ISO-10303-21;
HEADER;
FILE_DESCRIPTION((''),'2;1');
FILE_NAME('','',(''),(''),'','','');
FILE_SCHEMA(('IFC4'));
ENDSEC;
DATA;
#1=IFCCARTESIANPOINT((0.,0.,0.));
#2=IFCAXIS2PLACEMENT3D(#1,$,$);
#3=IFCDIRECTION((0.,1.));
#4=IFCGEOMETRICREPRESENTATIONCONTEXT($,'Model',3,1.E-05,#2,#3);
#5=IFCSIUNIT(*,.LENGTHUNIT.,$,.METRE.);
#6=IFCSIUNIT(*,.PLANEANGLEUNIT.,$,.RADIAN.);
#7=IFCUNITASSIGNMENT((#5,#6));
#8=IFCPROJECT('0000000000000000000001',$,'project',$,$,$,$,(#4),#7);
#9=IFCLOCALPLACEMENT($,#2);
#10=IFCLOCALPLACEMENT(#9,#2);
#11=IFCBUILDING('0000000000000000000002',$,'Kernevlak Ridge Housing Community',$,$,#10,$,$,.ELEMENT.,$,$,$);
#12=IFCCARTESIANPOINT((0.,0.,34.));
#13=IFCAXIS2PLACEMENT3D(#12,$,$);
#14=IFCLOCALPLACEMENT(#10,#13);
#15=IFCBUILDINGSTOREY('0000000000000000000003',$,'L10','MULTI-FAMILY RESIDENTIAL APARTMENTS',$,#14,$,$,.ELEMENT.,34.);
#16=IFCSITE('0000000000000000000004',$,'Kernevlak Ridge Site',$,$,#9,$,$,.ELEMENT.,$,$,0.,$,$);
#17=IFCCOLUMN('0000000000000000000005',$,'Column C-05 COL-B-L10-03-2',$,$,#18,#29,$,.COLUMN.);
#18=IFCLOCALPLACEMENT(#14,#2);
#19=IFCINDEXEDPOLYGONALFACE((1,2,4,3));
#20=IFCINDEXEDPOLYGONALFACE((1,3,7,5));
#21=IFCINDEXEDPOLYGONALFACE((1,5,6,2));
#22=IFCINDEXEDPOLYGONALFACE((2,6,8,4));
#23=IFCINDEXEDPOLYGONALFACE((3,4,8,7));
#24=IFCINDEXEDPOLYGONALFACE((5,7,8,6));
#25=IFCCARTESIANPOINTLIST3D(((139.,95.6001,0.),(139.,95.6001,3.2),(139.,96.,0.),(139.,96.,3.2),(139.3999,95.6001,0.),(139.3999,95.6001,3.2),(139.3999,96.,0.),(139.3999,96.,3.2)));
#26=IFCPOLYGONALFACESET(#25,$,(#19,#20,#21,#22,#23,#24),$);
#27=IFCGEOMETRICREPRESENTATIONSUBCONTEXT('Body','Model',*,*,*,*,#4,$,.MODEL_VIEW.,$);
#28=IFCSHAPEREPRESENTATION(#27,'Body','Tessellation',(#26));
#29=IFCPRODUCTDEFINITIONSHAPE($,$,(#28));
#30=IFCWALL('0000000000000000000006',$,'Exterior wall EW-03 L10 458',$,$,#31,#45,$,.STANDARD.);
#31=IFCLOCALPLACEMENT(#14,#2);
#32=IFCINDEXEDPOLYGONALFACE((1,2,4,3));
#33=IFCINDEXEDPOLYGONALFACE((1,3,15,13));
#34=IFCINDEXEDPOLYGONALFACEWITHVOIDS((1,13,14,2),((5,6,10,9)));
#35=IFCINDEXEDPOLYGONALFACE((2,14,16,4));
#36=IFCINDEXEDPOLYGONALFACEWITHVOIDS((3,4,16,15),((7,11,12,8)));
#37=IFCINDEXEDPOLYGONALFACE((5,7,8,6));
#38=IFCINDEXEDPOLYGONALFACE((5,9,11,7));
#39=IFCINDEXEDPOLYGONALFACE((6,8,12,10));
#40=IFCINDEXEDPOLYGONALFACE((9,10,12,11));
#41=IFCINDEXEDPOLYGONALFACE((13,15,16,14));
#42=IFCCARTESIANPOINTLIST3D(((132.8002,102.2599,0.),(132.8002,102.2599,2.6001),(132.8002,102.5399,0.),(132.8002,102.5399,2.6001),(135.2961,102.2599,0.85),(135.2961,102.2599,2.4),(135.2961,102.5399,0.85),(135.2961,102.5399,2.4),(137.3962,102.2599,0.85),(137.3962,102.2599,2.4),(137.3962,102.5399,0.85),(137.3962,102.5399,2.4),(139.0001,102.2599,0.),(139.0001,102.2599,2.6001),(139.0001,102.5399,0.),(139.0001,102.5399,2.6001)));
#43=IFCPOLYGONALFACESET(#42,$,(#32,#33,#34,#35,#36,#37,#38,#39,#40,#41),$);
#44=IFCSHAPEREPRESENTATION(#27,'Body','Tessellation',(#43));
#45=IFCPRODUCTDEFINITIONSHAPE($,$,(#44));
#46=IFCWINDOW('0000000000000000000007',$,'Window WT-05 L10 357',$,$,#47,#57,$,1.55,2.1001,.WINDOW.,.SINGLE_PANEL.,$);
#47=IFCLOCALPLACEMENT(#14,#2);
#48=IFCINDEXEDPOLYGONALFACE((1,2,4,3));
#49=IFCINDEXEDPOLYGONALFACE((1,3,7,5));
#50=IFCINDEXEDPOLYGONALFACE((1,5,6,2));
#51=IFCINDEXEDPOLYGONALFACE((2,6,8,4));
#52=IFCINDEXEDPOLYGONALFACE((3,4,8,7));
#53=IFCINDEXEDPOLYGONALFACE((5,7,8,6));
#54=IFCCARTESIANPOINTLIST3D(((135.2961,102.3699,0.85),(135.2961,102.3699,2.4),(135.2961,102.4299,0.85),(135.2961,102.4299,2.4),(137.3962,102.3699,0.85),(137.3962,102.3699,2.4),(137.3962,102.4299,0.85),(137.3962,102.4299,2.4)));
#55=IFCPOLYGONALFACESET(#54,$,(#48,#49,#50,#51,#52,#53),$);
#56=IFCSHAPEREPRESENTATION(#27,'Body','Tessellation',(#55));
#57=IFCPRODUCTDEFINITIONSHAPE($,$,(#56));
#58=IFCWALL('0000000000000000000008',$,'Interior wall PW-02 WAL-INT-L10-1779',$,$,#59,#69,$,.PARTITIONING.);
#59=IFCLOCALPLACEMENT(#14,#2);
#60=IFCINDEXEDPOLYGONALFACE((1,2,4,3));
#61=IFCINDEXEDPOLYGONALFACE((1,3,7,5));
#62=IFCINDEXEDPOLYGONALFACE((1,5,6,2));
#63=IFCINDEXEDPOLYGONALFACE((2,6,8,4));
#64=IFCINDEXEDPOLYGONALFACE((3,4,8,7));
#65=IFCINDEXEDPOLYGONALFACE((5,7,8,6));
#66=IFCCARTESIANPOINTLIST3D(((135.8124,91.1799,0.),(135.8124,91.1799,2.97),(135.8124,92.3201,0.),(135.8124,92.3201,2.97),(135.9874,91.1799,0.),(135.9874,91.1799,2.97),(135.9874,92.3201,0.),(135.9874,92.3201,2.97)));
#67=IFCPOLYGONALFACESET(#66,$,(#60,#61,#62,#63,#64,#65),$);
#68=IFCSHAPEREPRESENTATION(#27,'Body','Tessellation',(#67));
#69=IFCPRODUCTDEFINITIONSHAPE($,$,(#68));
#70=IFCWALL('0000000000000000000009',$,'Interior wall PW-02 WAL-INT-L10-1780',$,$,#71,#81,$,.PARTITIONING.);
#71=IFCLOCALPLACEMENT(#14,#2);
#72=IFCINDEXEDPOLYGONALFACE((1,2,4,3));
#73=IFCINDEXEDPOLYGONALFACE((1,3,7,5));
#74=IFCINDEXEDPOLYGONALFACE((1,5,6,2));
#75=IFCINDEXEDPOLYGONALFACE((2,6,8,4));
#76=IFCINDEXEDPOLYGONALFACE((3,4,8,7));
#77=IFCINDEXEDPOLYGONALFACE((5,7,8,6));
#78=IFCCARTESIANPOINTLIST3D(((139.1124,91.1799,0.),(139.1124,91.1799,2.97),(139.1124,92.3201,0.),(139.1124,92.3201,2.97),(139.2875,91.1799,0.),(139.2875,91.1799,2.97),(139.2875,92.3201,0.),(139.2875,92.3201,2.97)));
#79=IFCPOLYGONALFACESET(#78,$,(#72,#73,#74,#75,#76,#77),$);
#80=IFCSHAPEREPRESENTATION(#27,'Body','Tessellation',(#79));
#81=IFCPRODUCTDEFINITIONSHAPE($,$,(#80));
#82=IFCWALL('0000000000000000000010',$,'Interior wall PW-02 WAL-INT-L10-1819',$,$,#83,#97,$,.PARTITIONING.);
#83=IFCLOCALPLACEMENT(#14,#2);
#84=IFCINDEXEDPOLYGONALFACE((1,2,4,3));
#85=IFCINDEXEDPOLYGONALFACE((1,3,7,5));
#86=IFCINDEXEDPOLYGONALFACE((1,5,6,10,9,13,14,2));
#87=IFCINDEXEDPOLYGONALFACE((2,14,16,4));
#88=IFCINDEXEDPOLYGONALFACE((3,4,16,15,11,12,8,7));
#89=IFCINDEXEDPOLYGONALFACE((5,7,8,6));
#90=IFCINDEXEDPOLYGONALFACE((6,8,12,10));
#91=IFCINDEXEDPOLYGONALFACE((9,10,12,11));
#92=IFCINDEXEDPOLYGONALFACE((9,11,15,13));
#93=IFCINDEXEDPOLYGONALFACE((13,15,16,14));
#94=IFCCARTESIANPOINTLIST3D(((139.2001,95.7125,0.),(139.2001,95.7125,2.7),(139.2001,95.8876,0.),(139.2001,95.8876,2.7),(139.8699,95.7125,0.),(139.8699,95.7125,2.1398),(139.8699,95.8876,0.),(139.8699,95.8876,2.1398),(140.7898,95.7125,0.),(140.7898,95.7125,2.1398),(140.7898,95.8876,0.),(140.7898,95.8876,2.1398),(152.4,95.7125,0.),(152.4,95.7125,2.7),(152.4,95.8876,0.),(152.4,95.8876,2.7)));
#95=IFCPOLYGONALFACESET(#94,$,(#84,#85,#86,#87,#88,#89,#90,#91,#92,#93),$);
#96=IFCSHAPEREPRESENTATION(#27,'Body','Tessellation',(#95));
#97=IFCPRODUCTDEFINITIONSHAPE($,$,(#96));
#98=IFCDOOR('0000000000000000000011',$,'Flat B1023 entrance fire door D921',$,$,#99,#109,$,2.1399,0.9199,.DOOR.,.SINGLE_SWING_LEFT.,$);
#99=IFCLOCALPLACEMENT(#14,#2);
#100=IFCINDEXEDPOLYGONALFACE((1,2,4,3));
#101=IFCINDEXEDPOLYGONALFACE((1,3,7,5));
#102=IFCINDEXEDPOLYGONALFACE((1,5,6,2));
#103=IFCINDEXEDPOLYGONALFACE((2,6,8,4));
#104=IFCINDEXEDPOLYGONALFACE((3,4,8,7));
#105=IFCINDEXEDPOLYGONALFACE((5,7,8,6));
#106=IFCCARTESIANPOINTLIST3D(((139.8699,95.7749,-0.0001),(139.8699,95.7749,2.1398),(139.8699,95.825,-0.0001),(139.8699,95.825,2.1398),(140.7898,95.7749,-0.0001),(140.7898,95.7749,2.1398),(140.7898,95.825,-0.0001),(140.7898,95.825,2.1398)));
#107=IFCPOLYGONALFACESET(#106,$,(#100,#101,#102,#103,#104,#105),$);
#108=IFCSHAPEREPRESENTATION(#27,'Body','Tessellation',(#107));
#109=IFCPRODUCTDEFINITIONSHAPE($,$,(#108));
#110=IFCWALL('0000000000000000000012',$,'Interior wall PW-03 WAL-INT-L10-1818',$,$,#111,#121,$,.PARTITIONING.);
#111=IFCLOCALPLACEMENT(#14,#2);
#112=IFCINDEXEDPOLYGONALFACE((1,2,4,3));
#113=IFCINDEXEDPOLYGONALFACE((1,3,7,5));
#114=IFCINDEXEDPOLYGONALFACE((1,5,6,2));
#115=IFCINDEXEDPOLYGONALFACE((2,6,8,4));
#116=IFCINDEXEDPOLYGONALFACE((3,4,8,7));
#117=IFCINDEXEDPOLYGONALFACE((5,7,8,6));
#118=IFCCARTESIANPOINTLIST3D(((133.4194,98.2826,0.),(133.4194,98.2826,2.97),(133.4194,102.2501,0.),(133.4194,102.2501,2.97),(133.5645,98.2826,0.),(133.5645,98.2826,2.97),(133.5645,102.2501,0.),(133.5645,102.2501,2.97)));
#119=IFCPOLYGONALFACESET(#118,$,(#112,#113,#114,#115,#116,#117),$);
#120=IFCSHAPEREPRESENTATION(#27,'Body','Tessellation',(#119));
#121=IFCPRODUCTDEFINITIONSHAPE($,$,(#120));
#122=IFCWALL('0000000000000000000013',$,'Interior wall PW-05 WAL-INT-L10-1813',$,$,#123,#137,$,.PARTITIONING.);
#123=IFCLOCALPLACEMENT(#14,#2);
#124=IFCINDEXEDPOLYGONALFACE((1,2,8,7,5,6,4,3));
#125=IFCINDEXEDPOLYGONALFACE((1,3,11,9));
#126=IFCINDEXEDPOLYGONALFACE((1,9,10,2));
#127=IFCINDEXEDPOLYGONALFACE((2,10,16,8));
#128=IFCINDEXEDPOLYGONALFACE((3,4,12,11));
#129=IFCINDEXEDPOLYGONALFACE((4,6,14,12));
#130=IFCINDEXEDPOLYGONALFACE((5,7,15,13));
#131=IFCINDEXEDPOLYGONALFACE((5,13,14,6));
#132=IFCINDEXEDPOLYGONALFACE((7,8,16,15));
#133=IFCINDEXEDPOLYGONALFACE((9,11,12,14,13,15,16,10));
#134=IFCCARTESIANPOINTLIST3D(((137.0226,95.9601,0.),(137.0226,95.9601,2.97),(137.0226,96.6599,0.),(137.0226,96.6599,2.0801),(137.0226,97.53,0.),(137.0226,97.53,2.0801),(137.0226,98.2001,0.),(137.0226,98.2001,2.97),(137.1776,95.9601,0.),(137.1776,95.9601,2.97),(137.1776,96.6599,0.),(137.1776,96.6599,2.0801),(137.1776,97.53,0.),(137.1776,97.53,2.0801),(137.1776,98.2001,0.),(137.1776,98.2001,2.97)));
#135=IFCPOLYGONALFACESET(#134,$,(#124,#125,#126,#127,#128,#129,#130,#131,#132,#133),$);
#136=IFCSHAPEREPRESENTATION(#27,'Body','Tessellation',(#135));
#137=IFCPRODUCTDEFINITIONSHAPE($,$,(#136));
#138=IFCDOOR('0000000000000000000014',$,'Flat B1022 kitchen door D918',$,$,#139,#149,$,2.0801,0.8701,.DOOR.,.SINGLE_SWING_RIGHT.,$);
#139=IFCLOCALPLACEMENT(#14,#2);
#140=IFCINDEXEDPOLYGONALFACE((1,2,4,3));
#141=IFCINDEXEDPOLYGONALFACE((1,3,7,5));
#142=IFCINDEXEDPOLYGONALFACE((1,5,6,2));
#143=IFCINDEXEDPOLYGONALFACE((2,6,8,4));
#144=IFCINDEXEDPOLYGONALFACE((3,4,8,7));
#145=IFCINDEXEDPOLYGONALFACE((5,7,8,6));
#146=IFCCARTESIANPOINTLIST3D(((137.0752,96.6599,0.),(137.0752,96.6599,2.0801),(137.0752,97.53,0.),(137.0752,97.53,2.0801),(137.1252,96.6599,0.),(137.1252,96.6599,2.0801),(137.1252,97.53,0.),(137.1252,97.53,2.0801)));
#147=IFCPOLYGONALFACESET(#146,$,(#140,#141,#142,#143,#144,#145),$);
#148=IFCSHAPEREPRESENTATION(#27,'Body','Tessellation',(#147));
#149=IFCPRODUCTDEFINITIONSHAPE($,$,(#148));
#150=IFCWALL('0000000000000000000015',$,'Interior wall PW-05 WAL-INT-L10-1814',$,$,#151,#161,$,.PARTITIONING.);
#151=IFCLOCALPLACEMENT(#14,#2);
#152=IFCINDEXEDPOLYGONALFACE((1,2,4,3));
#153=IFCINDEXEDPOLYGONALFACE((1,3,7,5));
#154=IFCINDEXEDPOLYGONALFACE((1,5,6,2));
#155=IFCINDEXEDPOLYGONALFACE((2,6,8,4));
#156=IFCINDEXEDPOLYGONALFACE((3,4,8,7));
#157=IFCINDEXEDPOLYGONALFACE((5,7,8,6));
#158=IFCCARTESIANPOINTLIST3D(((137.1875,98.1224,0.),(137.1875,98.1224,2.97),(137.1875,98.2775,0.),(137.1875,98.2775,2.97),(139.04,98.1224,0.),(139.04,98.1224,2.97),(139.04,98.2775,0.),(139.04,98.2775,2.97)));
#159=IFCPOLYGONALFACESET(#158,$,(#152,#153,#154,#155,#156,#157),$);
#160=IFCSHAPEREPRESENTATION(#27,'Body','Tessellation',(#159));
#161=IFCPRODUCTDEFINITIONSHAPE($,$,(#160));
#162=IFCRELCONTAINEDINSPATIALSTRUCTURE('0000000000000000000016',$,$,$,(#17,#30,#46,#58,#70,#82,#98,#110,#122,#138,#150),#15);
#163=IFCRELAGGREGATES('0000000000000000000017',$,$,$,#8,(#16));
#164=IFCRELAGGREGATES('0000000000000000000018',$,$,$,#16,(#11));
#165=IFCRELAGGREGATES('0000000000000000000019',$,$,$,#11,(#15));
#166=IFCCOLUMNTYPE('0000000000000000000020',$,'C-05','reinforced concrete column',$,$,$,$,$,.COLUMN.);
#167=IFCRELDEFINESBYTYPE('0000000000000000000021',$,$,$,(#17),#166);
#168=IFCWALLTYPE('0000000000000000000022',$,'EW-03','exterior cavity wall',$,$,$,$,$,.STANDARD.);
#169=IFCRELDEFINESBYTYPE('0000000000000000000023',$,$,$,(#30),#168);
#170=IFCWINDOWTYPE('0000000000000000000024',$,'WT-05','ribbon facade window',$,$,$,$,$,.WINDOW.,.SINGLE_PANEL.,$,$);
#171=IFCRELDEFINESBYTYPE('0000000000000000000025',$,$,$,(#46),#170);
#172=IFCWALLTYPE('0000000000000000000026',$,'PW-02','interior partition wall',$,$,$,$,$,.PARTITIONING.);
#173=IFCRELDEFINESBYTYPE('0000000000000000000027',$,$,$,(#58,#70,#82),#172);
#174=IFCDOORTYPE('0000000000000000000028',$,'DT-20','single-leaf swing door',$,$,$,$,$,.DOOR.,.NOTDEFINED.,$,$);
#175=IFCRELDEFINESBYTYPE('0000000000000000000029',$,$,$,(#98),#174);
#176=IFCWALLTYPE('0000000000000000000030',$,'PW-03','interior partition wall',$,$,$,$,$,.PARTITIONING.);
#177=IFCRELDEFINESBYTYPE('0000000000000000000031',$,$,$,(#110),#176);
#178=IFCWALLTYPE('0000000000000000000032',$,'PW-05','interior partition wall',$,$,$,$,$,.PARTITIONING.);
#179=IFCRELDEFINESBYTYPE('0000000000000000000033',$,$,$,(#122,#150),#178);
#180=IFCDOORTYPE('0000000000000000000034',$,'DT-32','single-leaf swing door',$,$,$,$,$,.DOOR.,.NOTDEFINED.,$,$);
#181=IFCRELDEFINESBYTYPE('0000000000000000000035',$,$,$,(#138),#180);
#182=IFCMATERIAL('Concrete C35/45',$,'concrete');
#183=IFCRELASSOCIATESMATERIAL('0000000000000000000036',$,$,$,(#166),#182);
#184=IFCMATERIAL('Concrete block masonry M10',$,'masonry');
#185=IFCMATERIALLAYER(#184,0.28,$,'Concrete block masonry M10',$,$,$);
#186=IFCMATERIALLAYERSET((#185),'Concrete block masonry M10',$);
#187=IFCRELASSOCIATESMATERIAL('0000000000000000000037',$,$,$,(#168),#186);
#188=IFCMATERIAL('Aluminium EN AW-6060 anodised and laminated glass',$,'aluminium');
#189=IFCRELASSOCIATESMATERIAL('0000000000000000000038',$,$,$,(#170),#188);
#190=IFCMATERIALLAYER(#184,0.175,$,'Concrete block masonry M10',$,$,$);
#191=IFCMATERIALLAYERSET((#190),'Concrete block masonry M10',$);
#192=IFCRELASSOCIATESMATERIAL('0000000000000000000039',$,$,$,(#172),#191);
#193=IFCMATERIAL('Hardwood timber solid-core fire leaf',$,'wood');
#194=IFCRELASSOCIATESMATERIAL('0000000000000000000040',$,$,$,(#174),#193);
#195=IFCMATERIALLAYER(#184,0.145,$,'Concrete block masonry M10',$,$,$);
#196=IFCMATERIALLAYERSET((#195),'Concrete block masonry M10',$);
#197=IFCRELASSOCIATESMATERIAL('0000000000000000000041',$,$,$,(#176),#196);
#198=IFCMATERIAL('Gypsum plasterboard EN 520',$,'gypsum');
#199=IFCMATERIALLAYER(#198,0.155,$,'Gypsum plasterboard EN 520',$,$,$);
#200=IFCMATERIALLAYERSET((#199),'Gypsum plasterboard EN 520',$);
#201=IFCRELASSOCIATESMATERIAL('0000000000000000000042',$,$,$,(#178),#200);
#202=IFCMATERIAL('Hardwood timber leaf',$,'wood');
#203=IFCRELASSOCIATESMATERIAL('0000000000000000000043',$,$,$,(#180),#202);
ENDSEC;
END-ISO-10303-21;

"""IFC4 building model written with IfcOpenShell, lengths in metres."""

from ifc_helpers import new_model, si_unit, direction, frame, frame_2d, origin, origin_2d, place, context, subcontext, project, spatial, rectangle, extrude, material, layer, layer_set, material_profile, profile_set, type_object, element, fill, save


model = new_model("IFC4")

# Units and contexts
model_context = context("Model", 3, precision=1e-05, world=origin(), true_north=direction((0.0, 1.0)))
body_context = subcontext(model_context, "Body", "Model", "MODEL_VIEW")
ifc_project = project(units=[si_unit("LENGTHUNIT", "METRE"), si_unit("PLANEANGLEUNIT", "RADIAN")], contexts=[model_context])

# Site, building, storey
site_placement = place(None, origin())
site = spatial("IfcSite", under=ifc_project, at=site_placement, Name="Kernevlak Ridge Site", CompositionType="ELEMENT", RefElevation=0.0)
building_placement = place(site_placement, origin())
building = spatial("IfcBuilding", under=site, at=building_placement, Name="Kernevlak Ridge Housing Community", CompositionType="ELEMENT")
storey_placement = place(building_placement, frame((0.0, 0.0, 34.0)))
storey = spatial("IfcBuildingStorey", under=building, at=storey_placement, Name="L10", Description="MULTI-FAMILY RESIDENTIAL APARTMENTS", CompositionType="ELEMENT", Elevation=34.0)

# Column
ifc_material_1 = material(Name="Concrete C35/45", Category="concrete")
ifc_material_profile = material_profile(ifc_material_1, rectangle(XDim=0.3999, YDim=0.3999, at=origin_2d()), Name="RC 400x400")
ifc_profile_set = profile_set([ifc_material_profile], Name="Concrete C35/45")
column_type = type_object("IfcColumnType", Name="C-05", Description="reinforced concrete column", PredefinedType="COLUMN", material=ifc_profile_set)
column_placement = place(storey_placement, frame((139.2, 95.8, 0.0), z_axis=(0.0, 0.0, 1.0), x_axis=(1.0, 0.0, 0.0)))
element("IfcColumn", 1, at=column_placement, inside=storey, type_object=column_type, Name="Column C-05 COL-B-L10-03-2", PredefinedType="COLUMN", context=body_context, shape_type="SweptSolid", body=[
    extrude(rectangle(XDim=0.3999, YDim=0.3999, at=origin_2d()), origin(), (0.0, 0.0, 1.0), 3.2),
])

# Wall, opening, window
ifc_material_2 = material(Name="Concrete block masonry M10", Category="masonry")
ifc_layer_1 = layer(ifc_material_2, 0.28, Name="Concrete block masonry M10")
ifc_layer_set_1 = layer_set([ifc_layer_1], Name="Concrete block masonry M10")
wall_type_1 = type_object("IfcWallType", Name="EW-03", Description="exterior cavity wall", PredefinedType="STANDARD", material=ifc_layer_set_1)
wall_1_placement = place(storey_placement, frame((132.8, 102.3999, 0.0), z_axis=(0.0, 0.0, 1.0), x_axis=(1.0, 0.0, 0.0)))
wall_1 = element("IfcWall", 2, at=wall_1_placement, inside=storey, type_object=wall_type_1, Name="Exterior wall EW-03 L10 458", PredefinedType="STANDARD", context=body_context, shape_type="SweptSolid", body=[
    extrude(rectangle(XDim=6.2, YDim=0.28, at=frame_2d((3.1001, 0.0))), origin(), (0.0, 0.0, 1.0), 2.6001),
])
opening_1_placement = place(wall_1_placement, frame((2.4961, 0.0, 0.8501)))
opening_1 = element("IfcOpeningElement", 3, at=opening_1_placement, cuts=wall_1, PredefinedType="OPENING", context=body_context, shape_type="SweptSolid", body=[
    extrude(rectangle(XDim=2.1001, YDim=1.55, at=frame_2d((1.05, 0.7749))), frame((0.0, 0.1499, 0.0), z_axis=(0.0, -1.0, 0.0), x_axis=(1.0, 0.0, 0.0)), (0.0, 0.0, 1.0), 0.3),
])
ifc_material_3 = material(Name="Aluminium EN AW-6060 anodised and laminated glass", Category="aluminium")
window_type = type_object("IfcWindowType", Name="WT-05", Description="ribbon facade window", PartitioningType="SINGLE_PANEL", PredefinedType="WINDOW", material=ifc_material_3)
window_placement = place(opening_1_placement, origin())
window = element("IfcWindow", 4, at=window_placement, inside=storey, type_object=window_type, Name="Window WT-05 L10 357", OverallHeight=1.55, OverallWidth=2.1001, PartitioningType="SINGLE_PANEL", PredefinedType="WINDOW", context=body_context, shape_type="SweptSolid", body=[
    extrude(rectangle(XDim=2.1001, YDim=1.55, at=frame_2d((1.05, 0.7749))), frame((0.0, 0.03, 0.0), z_axis=(0.0, -1.0, 0.0), x_axis=(1.0, 0.0, 0.0)), (0.0, 0.0, 1.0), 0.0601),
])
fill(opening_1, window)

# Walls
ifc_layer_2 = layer(ifc_material_2, 0.175, Name="Concrete block masonry M10")
ifc_layer_set_2 = layer_set([ifc_layer_2], Name="Concrete block masonry M10")
wall_type_2 = type_object("IfcWallType", Name="PW-02", Description="interior partition wall", PredefinedType="PARTITIONING", material=ifc_layer_set_2)
for number, where, z_axis, x_axis, name in (
    (5, (135.8999, 91.1799, 0.0), (0.0, 0.0, 1.0), (0.0, 1.0, 0.0), "Interior wall PW-02 WAL-INT-L10-1779"),
    (6, (139.2, 91.1799, 0.0), (0.0, 0.0, 1.0), (0.0, 1.0, 0.0), "Interior wall PW-02 WAL-INT-L10-1780"),
):
    element("IfcWall", number, at=place(storey_placement, frame(where, z_axis=z_axis, x_axis=x_axis)), inside=storey, type_object=wall_type_2, Name=name, PredefinedType="PARTITIONING", context=body_context, shape_type="SweptSolid", body=[
        extrude(rectangle(XDim=1.1401, YDim=0.175, at=frame_2d((0.5701, 0.0))), origin(), (0.0, 0.0, 1.0), 2.97),
    ])

# Wall, opening, door
wall_2_placement = place(storey_placement, frame((139.2, 95.8, 0.0), z_axis=(0.0, 0.0, 1.0), x_axis=(1.0, 0.0, 0.0)))
wall_2 = element("IfcWall", 7, at=wall_2_placement, inside=storey, type_object=wall_type_2, Name="Interior wall PW-02 WAL-INT-L10-1819", PredefinedType="PARTITIONING", context=body_context, shape_type="SweptSolid", body=[
    extrude(rectangle(XDim=13.2, YDim=0.175, at=frame_2d((6.6001, 0.0))), origin(), (0.0, 0.0, 1.0), 2.7),
])
opening_2_placement = place(wall_2_placement, frame((0.6699, 0.0, 0.0)))
opening_2 = element("IfcOpeningElement", 8, at=opening_2_placement, cuts=wall_2, PredefinedType="OPENING", context=body_context, shape_type="SweptSolid", body=[
    extrude(rectangle(XDim=0.9199, YDim=2.1399, at=frame_2d((0.46, 1.0698))), frame((0.0, 0.0974, 0.0), z_axis=(0.0, -1.0, 0.0), x_axis=(1.0, 0.0, 0.0)), (0.0, 0.0, 1.0), 0.1951),
])
ifc_material_4 = material(Name="Hardwood timber solid-core fire leaf", Category="wood")
door_type_1 = type_object("IfcDoorType", Name="DT-20", Description="single-leaf swing door", OperationType="NOTDEFINED", PredefinedType="DOOR", material=ifc_material_4)
door_1_placement = place(opening_2_placement, origin())
door_1 = element("IfcDoor", 9, at=door_1_placement, inside=storey, type_object=door_type_1, Name="Flat B1023 entrance fire door D921", OperationType="SINGLE_SWING_LEFT", OverallHeight=2.1399, OverallWidth=0.9199, PredefinedType="DOOR", context=body_context, shape_type="SweptSolid", body=[
    extrude(rectangle(XDim=0.9199, YDim=2.1399, at=frame_2d((0.46, 1.0698))), frame((0.0, 0.0249, 0.0), z_axis=(0.0, -1.0, 0.0), x_axis=(1.0, 0.0, 0.0)), (0.0, 0.0, 1.0), 0.05),
])
fill(opening_2, door_1)

# Wall
ifc_layer_3 = layer(ifc_material_2, 0.145, Name="Concrete block masonry M10")
ifc_layer_set_3 = layer_set([ifc_layer_3], Name="Concrete block masonry M10")
wall_type_3 = type_object("IfcWallType", Name="PW-03", Description="interior partition wall", PredefinedType="PARTITIONING", material=ifc_layer_set_3)
wall_3_placement = place(storey_placement, frame((133.4919, 98.2825, 0.0), z_axis=(0.0, 0.0, 1.0), x_axis=(0.0, 1.0, 0.0)))
element("IfcWall", 10, at=wall_3_placement, inside=storey, type_object=wall_type_3, Name="Interior wall PW-03 WAL-INT-L10-1818", PredefinedType="PARTITIONING", context=body_context, shape_type="SweptSolid", body=[
    extrude(rectangle(XDim=3.9675, YDim=0.145, at=frame_2d((1.9839, 0.0))), origin(), (0.0, 0.0, 1.0), 2.97),
])

# Wall, opening, door
ifc_material_5 = material(Name="Gypsum plasterboard EN 520", Category="gypsum")
ifc_layer_4 = layer(ifc_material_5, 0.155, Name="Gypsum plasterboard EN 520")
ifc_layer_set_4 = layer_set([ifc_layer_4], Name="Gypsum plasterboard EN 520")
wall_type_4 = type_object("IfcWallType", Name="PW-05", Description="interior partition wall", PredefinedType="PARTITIONING", material=ifc_layer_set_4)
wall_4_placement = place(storey_placement, frame((137.1001, 95.96, 0.0), z_axis=(0.0, 0.0, 1.0), x_axis=(0.0, 1.0, 0.0)))
wall_4 = element("IfcWall", 11, at=wall_4_placement, inside=storey, type_object=wall_type_4, Name="Interior wall PW-05 WAL-INT-L10-1813", PredefinedType="PARTITIONING", context=body_context, shape_type="SweptSolid", body=[
    extrude(rectangle(XDim=2.24, YDim=0.155, at=frame_2d((1.1201, 0.0))), origin(), (0.0, 0.0, 1.0), 2.97),
])
opening_3_placement = place(wall_4_placement, frame((0.7, 0.0, 0.0)))
opening_3 = element("IfcOpeningElement", 12, at=opening_3_placement, cuts=wall_4, PredefinedType="OPENING", context=body_context, shape_type="SweptSolid", body=[
    extrude(rectangle(XDim=0.8701, YDim=2.0801, at=frame_2d((0.4351, 1.04))), frame((0.0, 0.0874, 0.0), z_axis=(0.0, -1.0, 0.0), x_axis=(1.0, 0.0, 0.0)), (0.0, 0.0, 1.0), 0.175),
])
ifc_material_6 = material(Name="Hardwood timber leaf", Category="wood")
door_type_2 = type_object("IfcDoorType", Name="DT-32", Description="single-leaf swing door", OperationType="NOTDEFINED", PredefinedType="DOOR", material=ifc_material_6)
door_2_placement = place(opening_3_placement, origin())
door_2 = element("IfcDoor", 13, at=door_2_placement, inside=storey, type_object=door_type_2, Name="Flat B1022 kitchen door D918", OperationType="SINGLE_SWING_RIGHT", OverallHeight=2.0801, OverallWidth=0.8701, PredefinedType="DOOR", context=body_context, shape_type="SweptSolid", body=[
    extrude(rectangle(XDim=0.8701, YDim=2.0801, at=frame_2d((0.4351, 1.04))), frame((0.0, 0.0249, 0.0), z_axis=(0.0, -1.0, 0.0), x_axis=(1.0, 0.0, 0.0)), (0.0, 0.0, 1.0), 0.05),
])
fill(opening_3, door_2)

# Wall
wall_5_placement = place(storey_placement, frame((137.1875, 98.2, 0.0), z_axis=(0.0, 0.0, 1.0), x_axis=(1.0, 0.0, 0.0)))
element("IfcWall", 14, at=wall_5_placement, inside=storey, type_object=wall_type_4, Name="Interior wall PW-05 WAL-INT-L10-1814", PredefinedType="PARTITIONING", context=body_context, shape_type="SweptSolid", body=[
    extrude(rectangle(XDim=1.8525, YDim=0.155, at=frame_2d((0.9263, 0.0))), origin(), (0.0, 0.0, 1.0), 2.97),
])

save(model, "model.ifc")
